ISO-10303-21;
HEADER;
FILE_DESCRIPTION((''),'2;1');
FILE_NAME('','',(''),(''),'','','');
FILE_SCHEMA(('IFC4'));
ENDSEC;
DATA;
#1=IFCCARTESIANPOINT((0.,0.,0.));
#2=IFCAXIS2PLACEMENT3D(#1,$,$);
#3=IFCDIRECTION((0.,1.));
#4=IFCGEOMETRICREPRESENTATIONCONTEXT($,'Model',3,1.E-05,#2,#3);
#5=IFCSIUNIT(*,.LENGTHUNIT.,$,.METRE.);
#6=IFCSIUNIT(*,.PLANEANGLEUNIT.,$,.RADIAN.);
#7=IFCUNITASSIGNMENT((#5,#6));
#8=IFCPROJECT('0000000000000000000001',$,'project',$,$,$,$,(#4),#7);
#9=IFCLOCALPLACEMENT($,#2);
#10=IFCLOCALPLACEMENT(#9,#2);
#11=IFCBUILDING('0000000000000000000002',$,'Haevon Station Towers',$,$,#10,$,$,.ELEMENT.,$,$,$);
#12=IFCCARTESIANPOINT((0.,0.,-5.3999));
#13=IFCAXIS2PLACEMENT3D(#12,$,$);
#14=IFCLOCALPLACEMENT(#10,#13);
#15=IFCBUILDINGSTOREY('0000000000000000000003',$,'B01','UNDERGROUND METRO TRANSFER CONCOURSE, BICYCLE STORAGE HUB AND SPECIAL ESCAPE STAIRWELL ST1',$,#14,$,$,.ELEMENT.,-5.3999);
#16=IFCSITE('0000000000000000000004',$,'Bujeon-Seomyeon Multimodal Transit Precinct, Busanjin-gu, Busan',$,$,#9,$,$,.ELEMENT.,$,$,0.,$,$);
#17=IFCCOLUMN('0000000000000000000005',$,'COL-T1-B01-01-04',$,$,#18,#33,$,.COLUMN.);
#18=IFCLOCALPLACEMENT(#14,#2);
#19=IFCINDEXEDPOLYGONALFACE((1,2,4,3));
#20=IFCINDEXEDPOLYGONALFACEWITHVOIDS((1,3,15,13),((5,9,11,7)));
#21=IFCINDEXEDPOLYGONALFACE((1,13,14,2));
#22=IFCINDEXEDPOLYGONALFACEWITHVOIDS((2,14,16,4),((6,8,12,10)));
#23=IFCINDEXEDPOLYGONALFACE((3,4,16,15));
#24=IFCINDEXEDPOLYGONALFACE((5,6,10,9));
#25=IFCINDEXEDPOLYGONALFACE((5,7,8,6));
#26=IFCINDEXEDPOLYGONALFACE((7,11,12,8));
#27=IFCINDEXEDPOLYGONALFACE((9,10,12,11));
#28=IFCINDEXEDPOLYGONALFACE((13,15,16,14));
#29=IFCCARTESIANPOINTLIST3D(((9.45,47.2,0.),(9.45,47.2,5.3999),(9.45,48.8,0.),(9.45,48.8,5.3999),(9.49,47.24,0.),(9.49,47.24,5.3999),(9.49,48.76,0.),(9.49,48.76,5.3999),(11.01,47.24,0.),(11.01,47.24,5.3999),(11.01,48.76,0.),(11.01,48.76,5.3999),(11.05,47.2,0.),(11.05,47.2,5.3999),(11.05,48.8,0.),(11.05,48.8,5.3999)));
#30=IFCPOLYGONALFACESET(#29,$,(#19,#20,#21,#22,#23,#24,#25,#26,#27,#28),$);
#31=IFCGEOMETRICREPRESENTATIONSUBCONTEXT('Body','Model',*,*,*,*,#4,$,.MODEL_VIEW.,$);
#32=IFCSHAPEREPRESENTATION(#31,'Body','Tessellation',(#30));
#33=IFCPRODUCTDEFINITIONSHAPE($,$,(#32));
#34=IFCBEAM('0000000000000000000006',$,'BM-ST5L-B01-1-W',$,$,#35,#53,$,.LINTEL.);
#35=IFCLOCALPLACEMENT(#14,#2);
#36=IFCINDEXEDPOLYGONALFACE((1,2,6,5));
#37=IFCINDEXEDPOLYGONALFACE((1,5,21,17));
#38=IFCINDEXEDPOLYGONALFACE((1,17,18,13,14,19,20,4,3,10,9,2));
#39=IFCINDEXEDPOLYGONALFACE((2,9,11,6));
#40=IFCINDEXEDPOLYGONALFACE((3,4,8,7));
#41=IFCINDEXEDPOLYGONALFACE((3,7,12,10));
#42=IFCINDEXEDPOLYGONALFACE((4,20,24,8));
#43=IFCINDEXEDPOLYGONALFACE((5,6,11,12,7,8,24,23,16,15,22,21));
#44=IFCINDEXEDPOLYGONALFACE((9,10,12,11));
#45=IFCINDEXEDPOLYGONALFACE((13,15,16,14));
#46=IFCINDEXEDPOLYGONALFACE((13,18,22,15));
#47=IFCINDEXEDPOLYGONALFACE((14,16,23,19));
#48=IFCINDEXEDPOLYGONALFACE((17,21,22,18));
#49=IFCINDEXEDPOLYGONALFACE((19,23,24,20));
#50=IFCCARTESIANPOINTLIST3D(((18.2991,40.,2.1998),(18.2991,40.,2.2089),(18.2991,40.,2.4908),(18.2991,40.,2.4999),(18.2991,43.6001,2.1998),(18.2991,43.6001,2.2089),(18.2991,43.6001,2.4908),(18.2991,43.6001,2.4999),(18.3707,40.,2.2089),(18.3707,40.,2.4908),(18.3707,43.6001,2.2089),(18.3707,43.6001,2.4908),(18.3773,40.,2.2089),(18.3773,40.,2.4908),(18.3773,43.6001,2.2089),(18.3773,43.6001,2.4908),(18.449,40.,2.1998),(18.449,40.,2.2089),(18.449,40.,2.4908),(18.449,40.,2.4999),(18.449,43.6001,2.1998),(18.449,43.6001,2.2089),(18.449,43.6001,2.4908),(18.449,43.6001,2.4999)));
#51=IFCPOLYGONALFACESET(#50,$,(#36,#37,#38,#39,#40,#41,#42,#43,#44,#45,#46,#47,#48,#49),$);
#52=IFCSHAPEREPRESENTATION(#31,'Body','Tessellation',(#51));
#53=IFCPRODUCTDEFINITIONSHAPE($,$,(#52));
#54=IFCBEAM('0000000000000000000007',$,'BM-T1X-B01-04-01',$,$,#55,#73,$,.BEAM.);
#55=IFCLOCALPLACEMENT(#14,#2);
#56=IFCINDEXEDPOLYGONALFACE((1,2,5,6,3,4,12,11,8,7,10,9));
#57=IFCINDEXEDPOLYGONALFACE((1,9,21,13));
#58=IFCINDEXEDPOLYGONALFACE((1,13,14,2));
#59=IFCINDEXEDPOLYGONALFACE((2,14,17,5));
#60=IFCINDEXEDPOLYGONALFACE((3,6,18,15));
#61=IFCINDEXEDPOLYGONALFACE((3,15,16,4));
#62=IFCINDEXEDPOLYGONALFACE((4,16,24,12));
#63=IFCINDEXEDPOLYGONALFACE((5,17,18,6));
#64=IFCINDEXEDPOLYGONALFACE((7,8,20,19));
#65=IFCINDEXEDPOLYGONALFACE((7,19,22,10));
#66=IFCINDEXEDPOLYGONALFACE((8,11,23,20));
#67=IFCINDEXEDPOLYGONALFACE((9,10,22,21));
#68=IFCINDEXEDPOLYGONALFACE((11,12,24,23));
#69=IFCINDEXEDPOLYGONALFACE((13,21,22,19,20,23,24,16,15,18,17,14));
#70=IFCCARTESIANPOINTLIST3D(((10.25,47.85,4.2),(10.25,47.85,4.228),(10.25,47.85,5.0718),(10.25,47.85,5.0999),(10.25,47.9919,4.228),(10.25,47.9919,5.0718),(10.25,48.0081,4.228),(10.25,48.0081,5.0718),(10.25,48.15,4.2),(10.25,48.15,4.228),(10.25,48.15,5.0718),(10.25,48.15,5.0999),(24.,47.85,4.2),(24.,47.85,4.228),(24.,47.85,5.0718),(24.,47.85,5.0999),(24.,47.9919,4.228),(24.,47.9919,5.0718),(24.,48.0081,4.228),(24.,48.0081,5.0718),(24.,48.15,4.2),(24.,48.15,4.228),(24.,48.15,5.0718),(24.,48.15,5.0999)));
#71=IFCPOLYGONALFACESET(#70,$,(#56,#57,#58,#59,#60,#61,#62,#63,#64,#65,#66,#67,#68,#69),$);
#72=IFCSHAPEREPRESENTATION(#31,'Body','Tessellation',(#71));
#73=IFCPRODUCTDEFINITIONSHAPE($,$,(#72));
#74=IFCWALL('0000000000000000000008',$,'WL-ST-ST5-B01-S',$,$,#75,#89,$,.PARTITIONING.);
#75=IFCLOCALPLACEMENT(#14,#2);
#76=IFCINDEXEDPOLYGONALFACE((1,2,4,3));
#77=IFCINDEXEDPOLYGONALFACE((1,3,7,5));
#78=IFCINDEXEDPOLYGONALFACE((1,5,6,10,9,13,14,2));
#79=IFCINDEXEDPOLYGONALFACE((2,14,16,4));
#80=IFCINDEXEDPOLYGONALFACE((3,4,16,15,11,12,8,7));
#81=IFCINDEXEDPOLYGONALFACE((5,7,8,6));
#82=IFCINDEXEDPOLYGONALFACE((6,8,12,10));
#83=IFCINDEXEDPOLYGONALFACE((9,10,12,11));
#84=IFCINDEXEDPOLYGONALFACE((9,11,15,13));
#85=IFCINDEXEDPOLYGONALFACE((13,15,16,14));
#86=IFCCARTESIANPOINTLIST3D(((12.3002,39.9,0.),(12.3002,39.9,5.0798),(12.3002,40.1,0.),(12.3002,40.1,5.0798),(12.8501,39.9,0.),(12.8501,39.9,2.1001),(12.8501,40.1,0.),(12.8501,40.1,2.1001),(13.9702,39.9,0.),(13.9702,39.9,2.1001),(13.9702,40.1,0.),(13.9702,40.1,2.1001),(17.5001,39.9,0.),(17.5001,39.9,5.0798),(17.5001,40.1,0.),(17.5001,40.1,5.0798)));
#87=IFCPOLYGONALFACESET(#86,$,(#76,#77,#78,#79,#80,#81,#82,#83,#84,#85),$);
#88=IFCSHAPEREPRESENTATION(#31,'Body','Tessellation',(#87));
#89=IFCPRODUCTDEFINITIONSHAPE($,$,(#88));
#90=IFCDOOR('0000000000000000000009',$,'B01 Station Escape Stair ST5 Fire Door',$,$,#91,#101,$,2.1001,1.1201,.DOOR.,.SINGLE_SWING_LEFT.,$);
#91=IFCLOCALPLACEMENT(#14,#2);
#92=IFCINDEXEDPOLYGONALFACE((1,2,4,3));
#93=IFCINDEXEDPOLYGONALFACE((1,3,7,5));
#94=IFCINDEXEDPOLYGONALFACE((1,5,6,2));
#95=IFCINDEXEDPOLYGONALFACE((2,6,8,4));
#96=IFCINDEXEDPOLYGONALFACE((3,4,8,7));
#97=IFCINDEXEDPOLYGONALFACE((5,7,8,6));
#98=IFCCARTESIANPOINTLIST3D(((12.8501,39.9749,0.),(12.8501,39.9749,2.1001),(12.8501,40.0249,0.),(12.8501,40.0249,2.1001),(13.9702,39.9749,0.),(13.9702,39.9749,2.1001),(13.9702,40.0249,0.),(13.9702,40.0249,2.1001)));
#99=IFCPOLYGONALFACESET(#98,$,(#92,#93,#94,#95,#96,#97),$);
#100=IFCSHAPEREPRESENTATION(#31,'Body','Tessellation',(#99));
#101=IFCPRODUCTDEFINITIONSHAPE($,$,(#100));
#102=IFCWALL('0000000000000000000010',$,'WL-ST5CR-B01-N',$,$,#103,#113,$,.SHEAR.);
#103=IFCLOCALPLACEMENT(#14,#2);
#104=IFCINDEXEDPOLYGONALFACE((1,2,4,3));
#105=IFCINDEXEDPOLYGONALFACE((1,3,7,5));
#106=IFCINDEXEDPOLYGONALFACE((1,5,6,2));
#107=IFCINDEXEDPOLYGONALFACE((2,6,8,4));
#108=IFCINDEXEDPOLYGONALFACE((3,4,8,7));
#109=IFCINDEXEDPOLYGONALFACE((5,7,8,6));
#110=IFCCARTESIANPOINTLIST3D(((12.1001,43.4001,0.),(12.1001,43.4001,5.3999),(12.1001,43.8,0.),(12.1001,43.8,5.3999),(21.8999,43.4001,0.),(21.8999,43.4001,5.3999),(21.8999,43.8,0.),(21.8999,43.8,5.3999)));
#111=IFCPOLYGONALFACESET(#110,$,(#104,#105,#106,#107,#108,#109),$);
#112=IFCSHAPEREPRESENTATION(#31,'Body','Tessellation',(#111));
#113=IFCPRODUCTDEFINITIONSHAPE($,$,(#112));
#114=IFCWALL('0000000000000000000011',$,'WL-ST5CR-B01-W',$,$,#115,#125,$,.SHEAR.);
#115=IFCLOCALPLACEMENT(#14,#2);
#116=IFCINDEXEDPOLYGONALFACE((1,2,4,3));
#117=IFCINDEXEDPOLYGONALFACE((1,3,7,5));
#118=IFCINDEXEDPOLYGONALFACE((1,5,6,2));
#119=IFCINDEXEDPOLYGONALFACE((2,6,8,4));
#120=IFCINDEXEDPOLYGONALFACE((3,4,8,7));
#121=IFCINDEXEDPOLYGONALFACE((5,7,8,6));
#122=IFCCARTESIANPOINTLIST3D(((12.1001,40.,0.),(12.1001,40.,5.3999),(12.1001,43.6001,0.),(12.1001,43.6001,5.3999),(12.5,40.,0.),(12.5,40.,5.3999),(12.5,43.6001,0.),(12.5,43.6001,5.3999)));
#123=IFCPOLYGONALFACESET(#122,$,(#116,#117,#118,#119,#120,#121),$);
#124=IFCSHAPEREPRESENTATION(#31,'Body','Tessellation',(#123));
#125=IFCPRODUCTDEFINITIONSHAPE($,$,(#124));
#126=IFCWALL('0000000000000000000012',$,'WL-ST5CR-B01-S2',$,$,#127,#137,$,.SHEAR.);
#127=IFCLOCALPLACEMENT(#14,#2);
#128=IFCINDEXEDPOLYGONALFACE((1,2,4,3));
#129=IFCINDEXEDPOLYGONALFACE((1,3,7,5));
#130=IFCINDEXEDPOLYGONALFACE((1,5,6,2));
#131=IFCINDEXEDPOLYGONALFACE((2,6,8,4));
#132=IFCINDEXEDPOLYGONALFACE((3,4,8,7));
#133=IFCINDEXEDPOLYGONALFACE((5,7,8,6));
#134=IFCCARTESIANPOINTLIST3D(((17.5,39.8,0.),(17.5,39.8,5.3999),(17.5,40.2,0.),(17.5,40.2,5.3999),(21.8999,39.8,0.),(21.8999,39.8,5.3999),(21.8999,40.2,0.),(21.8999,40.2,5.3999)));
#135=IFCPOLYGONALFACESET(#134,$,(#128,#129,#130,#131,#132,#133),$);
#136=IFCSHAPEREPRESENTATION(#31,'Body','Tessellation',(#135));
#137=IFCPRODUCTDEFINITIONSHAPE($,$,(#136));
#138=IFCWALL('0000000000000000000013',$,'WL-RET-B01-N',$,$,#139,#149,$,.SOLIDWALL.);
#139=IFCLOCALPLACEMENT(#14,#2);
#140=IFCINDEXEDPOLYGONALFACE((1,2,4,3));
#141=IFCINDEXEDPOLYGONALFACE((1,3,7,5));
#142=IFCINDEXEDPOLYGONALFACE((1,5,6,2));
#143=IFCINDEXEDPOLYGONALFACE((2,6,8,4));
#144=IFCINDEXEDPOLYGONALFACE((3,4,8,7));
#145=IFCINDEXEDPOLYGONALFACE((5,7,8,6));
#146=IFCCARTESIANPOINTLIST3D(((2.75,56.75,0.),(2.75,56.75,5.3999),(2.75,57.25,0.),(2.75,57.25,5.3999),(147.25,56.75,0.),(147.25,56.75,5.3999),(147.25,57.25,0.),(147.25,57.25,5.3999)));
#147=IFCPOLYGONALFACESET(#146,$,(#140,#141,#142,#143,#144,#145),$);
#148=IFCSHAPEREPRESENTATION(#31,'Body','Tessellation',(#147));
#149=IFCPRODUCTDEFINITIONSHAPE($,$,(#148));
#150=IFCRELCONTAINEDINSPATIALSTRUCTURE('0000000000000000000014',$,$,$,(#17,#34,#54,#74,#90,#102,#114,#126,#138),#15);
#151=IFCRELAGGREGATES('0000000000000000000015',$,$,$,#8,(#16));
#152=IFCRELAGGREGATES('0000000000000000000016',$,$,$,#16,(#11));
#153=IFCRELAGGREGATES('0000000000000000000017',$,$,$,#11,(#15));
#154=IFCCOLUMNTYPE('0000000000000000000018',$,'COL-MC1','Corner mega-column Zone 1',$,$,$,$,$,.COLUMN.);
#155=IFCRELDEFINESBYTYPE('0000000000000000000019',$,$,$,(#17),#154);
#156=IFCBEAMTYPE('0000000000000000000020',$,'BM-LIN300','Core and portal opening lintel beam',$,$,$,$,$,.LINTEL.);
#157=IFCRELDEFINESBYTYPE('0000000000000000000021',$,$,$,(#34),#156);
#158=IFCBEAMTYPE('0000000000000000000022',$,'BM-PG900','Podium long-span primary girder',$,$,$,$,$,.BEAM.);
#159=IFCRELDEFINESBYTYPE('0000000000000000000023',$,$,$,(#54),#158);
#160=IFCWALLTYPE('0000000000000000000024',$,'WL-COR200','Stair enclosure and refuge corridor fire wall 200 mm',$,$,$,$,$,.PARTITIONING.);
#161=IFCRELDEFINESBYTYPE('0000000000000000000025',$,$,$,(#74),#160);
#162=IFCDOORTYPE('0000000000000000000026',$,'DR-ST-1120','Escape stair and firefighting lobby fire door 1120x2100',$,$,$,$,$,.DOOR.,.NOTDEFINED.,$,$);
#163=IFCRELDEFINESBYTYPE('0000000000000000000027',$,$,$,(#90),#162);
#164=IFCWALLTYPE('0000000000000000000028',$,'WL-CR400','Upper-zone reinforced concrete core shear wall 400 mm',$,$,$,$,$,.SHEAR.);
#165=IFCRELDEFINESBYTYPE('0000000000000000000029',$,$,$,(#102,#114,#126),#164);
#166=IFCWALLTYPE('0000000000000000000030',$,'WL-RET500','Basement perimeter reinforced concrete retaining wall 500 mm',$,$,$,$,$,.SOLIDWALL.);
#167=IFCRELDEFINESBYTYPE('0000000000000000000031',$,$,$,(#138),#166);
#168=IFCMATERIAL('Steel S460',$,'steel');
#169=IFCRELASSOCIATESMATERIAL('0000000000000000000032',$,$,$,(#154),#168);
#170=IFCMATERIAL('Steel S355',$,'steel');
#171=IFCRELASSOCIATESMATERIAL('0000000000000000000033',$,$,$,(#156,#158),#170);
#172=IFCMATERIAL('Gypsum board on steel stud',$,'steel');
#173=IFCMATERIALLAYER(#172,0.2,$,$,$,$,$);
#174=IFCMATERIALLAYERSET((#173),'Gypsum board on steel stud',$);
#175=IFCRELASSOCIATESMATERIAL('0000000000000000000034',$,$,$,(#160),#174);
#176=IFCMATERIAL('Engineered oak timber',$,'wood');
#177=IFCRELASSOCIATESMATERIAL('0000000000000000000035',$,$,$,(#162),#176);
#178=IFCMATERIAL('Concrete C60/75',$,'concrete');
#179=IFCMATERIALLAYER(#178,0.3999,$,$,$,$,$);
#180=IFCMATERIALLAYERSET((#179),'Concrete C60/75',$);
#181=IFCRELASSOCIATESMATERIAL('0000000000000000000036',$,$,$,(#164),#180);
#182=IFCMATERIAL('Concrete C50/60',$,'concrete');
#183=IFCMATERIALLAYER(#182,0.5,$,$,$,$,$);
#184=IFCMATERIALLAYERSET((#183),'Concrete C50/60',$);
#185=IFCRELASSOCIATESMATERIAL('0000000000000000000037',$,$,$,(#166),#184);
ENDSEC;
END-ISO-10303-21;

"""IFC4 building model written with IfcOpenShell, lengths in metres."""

from ifc_helpers import new_model, si_unit, direction, frame, frame_2d, origin, origin_2d, place, context, subcontext, project, spatial, rectangle, hollow_rectangle, i_section, extrude, material, layer, layer_set, material_profile, profile_set, type_object, element, fill, save


model = new_model("IFC4")

# Units and contexts
model_context = context("Model", 3, precision=1e-05, world=origin(), true_north=direction((0.0, 1.0)))
body_context = subcontext(model_context, "Body", "Model", "MODEL_VIEW")
ifc_project = project(units=[si_unit("LENGTHUNIT", "METRE"), si_unit("PLANEANGLEUNIT", "RADIAN")], contexts=[model_context])

# Site, building, storey
site_placement = place(None, origin())
site = spatial("IfcSite", under=ifc_project, at=site_placement, Name="Bujeon-Seomyeon Multimodal Transit Precinct, Busanjin-gu, Busan", CompositionType="ELEMENT", RefElevation=0.0)
building_placement = place(site_placement, origin())
building = spatial("IfcBuilding", under=site, at=building_placement, Name="Haevon Station Towers", CompositionType="ELEMENT")
storey_placement = place(building_placement, frame((0.0, 0.0, -5.3999)))
storey = spatial("IfcBuildingStorey", under=building, at=storey_placement, Name="B01", Description="UNDERGROUND METRO TRANSFER CONCOURSE, BICYCLE STORAGE HUB AND SPECIAL ESCAPE STAIRWELL ST1", CompositionType="ELEMENT", Elevation=-5.3999)

# Column
ifc_material_1 = material(Name="Steel S460", Category="steel")
ifc_material_profile_1 = material_profile(ifc_material_1, hollow_rectangle(XDim=1.6001, YDim=1.6001, WallThickness=0.04, at=origin_2d()), Name="BOX-1600x1600x40")
ifc_profile_set_1 = profile_set([ifc_material_profile_1], Name="Steel S460")
column_type = type_object("IfcColumnType", Name="COL-MC1", Description="Corner mega-column Zone 1", PredefinedType="COLUMN", material=ifc_profile_set_1)
column_placement = place(storey_placement, frame((10.25, 48.0, 0.0), z_axis=(0.0, 0.0, 1.0), x_axis=(1.0, 0.0, 0.0)))
element("IfcColumn", 1, at=column_placement, inside=storey, type_object=column_type, Name="COL-T1-B01-01-04", PredefinedType="COLUMN", context=body_context, shape_type="SweptSolid", body=[
    extrude(hollow_rectangle(XDim=1.6001, YDim=1.6001, WallThickness=0.04, at=origin_2d()), origin(), (0.0, 0.0, 1.0), 5.3999),
])

# Beams
ifc_material_2 = material(Name="Steel S355", Category="steel")
ifc_material_profile_2 = material_profile(ifc_material_2, i_section(OverallWidth=0.1499, OverallDepth=0.3, WebThickness=0.0066, FlangeThickness=0.009, at=origin_2d()), Name="H-300x150x6.5x9")
ifc_profile_set_2 = profile_set([ifc_material_profile_2], Name="Steel S355")
beam_type_1 = type_object("IfcBeamType", Name="BM-LIN300", Description="Core and portal opening lintel beam", PredefinedType="LINTEL", material=ifc_profile_set_2)
beam_1_placement = place(storey_placement, frame((18.374, 40.0, 2.3499), z_axis=(0.0, 1.0, 0.0), x_axis=(-1.0, 0.0, 0.0)))
element("IfcBeam", 2, at=beam_1_placement, inside=storey, type_object=beam_type_1, Name="BM-ST5L-B01-1-W", PredefinedType="LINTEL", context=body_context, shape_type="SweptSolid", body=[
    extrude(i_section(OverallWidth=0.1499, OverallDepth=0.3, WebThickness=0.0066, FlangeThickness=0.009, at=origin_2d()), origin(), (0.0, 0.0, 1.0), 3.6001),
])
ifc_material_profile_3 = material_profile(ifc_material_2, i_section(OverallWidth=0.3, OverallDepth=0.8999, WebThickness=0.0161, FlangeThickness=0.0281, at=origin_2d()), Name="H-900x300x16x28")
ifc_profile_set_3 = profile_set([ifc_material_profile_3], Name="Steel S355")
beam_type_2 = type_object("IfcBeamType", Name="BM-PG900", Description="Podium long-span primary girder", PredefinedType="BEAM", material=ifc_profile_set_3)
beam_2_placement = place(storey_placement, frame((10.25, 48.0, 4.6499), z_axis=(1.0, 0.0, 0.0), x_axis=(0.0, 1.0, 0.0)))
element("IfcBeam", 3, at=beam_2_placement, inside=storey, type_object=beam_type_2, Name="BM-T1X-B01-04-01", PredefinedType="BEAM", context=body_context, shape_type="SweptSolid", body=[
    extrude(i_section(OverallWidth=0.3, OverallDepth=0.8999, WebThickness=0.0161, FlangeThickness=0.0281, at=origin_2d()), origin(), (0.0, 0.0, 1.0), 13.75),
])

# Wall, opening, door
ifc_material_3 = material(Name="Gypsum board on steel stud", Category="steel")
ifc_layer_1 = layer(ifc_material_3, 0.2)
ifc_layer_set_1 = layer_set([ifc_layer_1], Name="Gypsum board on steel stud")
wall_type_1 = type_object("IfcWallType", Name="WL-COR200", Description="Stair enclosure and refuge corridor fire wall 200 mm", PredefinedType="PARTITIONING", material=ifc_layer_set_1)
wall_1_placement = place(storey_placement, frame((12.3, 40.0, 0.0), z_axis=(0.0, 0.0, 1.0), x_axis=(1.0, 0.0, 0.0)))
wall_1 = element("IfcWall", 4, at=wall_1_placement, inside=storey, type_object=wall_type_1, Name="WL-ST-ST5-B01-S", PredefinedType="PARTITIONING", context=body_context, shape_type="SweptSolid", body=[
    extrude(rectangle(XDim=5.2, YDim=0.2, at=frame_2d((2.6001, 0.0))), origin(), (0.0, 0.0, 1.0), 5.0798),
])
opening_placement = place(wall_1_placement, frame((0.55, 0.0, 0.0)))
opening = element("IfcOpeningElement", 5, at=opening_placement, cuts=wall_1, PredefinedType="OPENING", context=body_context, shape_type="SweptSolid", body=[
    extrude(rectangle(XDim=1.1201, YDim=2.1001, at=frame_2d((0.5601, 1.05))), frame((0.0, 0.1099, 0.0), z_axis=(0.0, -1.0, 0.0), x_axis=(1.0, 0.0, 0.0)), (0.0, 0.0, 1.0), 0.22),
])
ifc_material_4 = material(Name="Engineered oak timber", Category="wood")
door_type = type_object("IfcDoorType", Name="DR-ST-1120", Description="Escape stair and firefighting lobby fire door 1120x2100", OperationType="NOTDEFINED", PredefinedType="DOOR", material=ifc_material_4)
door_placement = place(opening_placement, origin())
door = element("IfcDoor", 6, at=door_placement, inside=storey, type_object=door_type, Name="B01 Station Escape Stair ST5 Fire Door", OperationType="SINGLE_SWING_LEFT", OverallHeight=2.1001, OverallWidth=1.1201, PredefinedType="DOOR", context=body_context, shape_type="SweptSolid", body=[
    extrude(rectangle(XDim=1.1201, YDim=2.1001, at=frame_2d((0.5601, 1.05))), frame((0.0, 0.0249, 0.0), z_axis=(0.0, -1.0, 0.0), x_axis=(1.0, 0.0, 0.0)), (0.0, 0.0, 1.0), 0.05),
])
fill(opening, door)

# Walls
ifc_material_5 = material(Name="Concrete C60/75", Category="concrete")
ifc_layer_2 = layer(ifc_material_5, 0.3999)
ifc_layer_set_2 = layer_set([ifc_layer_2], Name="Concrete C60/75")
wall_type_2 = type_object("IfcWallType", Name="WL-CR400", Description="Upper-zone reinforced concrete core shear wall 400 mm", PredefinedType="SHEAR", material=ifc_layer_set_2)
wall_2_placement = place(storey_placement, frame((12.1001, 43.6001, 0.0), z_axis=(0.0, 0.0, 1.0), x_axis=(1.0, 0.0, 0.0)))
element("IfcWall", 7, at=wall_2_placement, inside=storey, type_object=wall_type_2, Name="WL-ST5CR-B01-N", PredefinedType="SHEAR", context=body_context, shape_type="SweptSolid", body=[
    extrude(rectangle(XDim=9.7998, YDim=0.3999, at=frame_2d((4.8999, 0.0))), origin(), (0.0, 0.0, 1.0), 5.3999),
])
wall_3_placement = place(storey_placement, frame((12.3, 40.0, 0.0), z_axis=(0.0, 0.0, 1.0), x_axis=(0.0, 1.0, 0.0)))
element("IfcWall", 8, at=wall_3_placement, inside=storey, type_object=wall_type_2, Name="WL-ST5CR-B01-W", PredefinedType="SHEAR", context=body_context, shape_type="SweptSolid", body=[
    extrude(rectangle(XDim=3.6001, YDim=0.3999, at=frame_2d((1.8, 0.0))), origin(), (0.0, 0.0, 1.0), 5.3999),
])
wall_4_placement = place(storey_placement, frame((17.5, 40.0, 0.0), z_axis=(0.0, 0.0, 1.0), x_axis=(1.0, 0.0, 0.0)))
element("IfcWall", 9, at=wall_4_placement, inside=storey, type_object=wall_type_2, Name="WL-ST5CR-B01-S2", PredefinedType="SHEAR", context=body_context, shape_type="SweptSolid", body=[
    extrude(rectangle(XDim=4.3999, YDim=0.3999, at=frame_2d((2.2, 0.0))), origin(), (0.0, 0.0, 1.0), 5.3999),
])
ifc_material_6 = material(Name="Concrete C50/60", Category="concrete")
ifc_layer_3 = layer(ifc_material_6, 0.5)
ifc_layer_set_3 = layer_set([ifc_layer_3], Name="Concrete C50/60")
wall_type_3 = type_object("IfcWallType", Name="WL-RET500", Description="Basement perimeter reinforced concrete retaining wall 500 mm", PredefinedType="SOLIDWALL", material=ifc_layer_set_3)
wall_5_placement = place(storey_placement, frame((2.75, 57.0, 0.0), z_axis=(0.0, 0.0, 1.0), x_axis=(1.0, 0.0, 0.0)))
element("IfcWall", 10, at=wall_5_placement, inside=storey, type_object=wall_type_3, Name="WL-RET-B01-N", PredefinedType="SOLIDWALL", context=body_context, shape_type="SweptSolid", body=[
    extrude(rectangle(XDim=144.5, YDim=0.5, at=frame_2d((72.25, 0.0))), origin(), (0.0, 0.0, 1.0), 5.3999),
])

save(model, "model.ifc")
